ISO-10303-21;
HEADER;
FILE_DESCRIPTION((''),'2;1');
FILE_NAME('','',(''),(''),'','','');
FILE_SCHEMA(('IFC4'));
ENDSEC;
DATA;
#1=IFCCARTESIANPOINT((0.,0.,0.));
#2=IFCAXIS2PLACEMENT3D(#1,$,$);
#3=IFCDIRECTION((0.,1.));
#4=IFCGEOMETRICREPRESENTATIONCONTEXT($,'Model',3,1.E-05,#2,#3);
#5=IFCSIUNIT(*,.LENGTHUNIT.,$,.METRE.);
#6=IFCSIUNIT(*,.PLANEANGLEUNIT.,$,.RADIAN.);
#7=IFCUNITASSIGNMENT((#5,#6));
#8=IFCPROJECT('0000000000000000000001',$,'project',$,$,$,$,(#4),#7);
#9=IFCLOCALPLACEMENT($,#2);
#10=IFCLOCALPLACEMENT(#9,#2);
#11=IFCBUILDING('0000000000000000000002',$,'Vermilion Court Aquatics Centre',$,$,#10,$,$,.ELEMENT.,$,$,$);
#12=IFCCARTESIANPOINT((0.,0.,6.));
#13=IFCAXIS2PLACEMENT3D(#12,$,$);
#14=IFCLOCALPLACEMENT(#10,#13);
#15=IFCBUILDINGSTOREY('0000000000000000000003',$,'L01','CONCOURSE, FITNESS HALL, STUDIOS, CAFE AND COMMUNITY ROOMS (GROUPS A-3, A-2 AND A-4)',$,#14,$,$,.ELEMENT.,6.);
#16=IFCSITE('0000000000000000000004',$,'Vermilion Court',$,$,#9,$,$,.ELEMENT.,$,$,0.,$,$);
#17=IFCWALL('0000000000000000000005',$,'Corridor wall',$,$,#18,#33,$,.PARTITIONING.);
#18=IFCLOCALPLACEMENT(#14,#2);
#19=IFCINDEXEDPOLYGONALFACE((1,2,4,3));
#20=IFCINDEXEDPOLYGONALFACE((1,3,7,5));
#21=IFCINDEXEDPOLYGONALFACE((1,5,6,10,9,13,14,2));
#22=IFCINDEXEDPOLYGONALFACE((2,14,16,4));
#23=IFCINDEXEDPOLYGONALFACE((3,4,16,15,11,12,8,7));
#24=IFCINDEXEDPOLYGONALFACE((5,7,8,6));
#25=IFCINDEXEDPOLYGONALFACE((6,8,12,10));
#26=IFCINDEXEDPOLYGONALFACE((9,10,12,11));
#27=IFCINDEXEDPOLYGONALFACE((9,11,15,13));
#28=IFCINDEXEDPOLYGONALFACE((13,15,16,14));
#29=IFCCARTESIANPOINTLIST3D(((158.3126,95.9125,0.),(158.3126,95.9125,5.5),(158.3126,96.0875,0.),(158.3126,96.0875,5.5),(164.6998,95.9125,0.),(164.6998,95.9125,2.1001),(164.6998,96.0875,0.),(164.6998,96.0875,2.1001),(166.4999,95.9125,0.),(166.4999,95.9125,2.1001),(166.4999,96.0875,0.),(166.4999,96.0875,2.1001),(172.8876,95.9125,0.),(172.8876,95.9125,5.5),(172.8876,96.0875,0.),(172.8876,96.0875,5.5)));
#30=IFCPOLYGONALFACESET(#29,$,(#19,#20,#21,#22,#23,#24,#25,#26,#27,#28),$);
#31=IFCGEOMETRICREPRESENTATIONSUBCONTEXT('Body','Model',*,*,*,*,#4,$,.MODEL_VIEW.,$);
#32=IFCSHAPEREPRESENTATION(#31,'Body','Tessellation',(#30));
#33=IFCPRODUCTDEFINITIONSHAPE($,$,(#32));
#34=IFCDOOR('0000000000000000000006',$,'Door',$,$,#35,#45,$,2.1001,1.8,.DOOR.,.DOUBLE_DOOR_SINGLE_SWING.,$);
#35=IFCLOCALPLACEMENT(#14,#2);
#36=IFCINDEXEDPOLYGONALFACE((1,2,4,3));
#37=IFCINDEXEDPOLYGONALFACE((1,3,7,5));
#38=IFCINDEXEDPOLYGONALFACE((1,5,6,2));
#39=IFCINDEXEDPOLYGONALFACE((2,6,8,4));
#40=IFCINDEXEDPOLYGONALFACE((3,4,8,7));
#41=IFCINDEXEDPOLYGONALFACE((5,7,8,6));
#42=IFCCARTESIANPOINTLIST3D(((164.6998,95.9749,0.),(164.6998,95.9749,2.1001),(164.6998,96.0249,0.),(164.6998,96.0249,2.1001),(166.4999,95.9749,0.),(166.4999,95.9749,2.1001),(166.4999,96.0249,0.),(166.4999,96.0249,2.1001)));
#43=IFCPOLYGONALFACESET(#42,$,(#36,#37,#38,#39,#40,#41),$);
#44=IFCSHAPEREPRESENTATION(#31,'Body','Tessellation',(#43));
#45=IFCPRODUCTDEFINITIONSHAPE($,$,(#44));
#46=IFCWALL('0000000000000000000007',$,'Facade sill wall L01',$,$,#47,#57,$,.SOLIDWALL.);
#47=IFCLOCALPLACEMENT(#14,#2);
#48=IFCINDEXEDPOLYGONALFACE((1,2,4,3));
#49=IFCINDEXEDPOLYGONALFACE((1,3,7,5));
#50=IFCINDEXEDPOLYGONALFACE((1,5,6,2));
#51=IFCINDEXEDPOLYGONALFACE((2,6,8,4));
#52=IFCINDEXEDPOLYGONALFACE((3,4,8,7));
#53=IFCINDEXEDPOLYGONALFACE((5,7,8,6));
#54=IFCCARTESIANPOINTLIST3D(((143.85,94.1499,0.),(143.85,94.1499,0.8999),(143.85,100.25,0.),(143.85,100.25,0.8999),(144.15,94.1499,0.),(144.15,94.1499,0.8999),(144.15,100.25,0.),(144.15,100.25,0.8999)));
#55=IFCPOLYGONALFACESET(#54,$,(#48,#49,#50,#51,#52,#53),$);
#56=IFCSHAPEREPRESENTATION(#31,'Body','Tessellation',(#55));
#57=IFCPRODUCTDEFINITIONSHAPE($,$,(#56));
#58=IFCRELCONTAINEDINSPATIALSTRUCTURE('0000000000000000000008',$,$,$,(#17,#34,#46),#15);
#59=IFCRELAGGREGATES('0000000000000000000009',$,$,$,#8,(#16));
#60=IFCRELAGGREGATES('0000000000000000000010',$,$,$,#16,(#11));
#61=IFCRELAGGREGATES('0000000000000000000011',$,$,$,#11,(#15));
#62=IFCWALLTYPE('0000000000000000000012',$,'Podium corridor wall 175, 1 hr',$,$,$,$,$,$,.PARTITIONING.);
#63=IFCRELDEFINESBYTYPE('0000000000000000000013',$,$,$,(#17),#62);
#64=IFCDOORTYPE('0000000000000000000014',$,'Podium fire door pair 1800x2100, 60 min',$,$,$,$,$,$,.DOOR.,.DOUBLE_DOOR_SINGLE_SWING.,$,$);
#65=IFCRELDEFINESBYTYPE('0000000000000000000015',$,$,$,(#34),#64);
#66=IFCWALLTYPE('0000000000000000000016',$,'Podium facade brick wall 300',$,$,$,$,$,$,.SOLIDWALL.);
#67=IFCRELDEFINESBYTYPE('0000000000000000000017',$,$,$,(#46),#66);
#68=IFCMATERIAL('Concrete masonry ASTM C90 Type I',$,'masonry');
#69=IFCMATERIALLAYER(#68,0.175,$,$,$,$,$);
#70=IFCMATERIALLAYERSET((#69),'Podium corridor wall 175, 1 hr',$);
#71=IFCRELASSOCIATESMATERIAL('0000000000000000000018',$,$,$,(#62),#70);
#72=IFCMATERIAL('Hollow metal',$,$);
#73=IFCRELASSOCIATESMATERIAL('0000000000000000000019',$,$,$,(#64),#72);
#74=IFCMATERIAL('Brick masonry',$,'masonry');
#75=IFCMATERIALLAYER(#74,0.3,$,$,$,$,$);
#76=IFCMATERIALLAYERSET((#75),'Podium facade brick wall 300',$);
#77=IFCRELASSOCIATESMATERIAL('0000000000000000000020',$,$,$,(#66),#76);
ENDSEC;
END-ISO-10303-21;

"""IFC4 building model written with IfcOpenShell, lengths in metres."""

from ifc_helpers import new_model, si_unit, direction, frame, frame_2d, origin, place, context, subcontext, project, spatial, rectangle, extrude, material, layer, layer_set, type_object, element, fill, save


model = new_model("IFC4")

# Units and contexts
model_context = context("Model", 3, precision=1e-05, world=origin(), true_north=direction((0.0, 1.0)))
body_context = subcontext(model_context, "Body", "Model", "MODEL_VIEW")
ifc_project = project(units=[si_unit("LENGTHUNIT", "METRE"), si_unit("PLANEANGLEUNIT", "RADIAN")], contexts=[model_context])

# Site, building, storey
site_placement = place(None, origin())
site = spatial("IfcSite", under=ifc_project, at=site_placement, Name="Vermilion Court", CompositionType="ELEMENT", RefElevation=0.0)
building_placement = place(site_placement, origin())
building = spatial("IfcBuilding", under=site, at=building_placement, Name="Vermilion Court Aquatics Centre", CompositionType="ELEMENT")
storey_placement = place(building_placement, frame((0.0, 0.0, 6.0)))
storey = spatial("IfcBuildingStorey", under=building, at=storey_placement, Name="L01", Description="CONCOURSE, FITNESS HALL, STUDIOS, CAFE AND COMMUNITY ROOMS (GROUPS A-3, A-2 AND A-4)", CompositionType="ELEMENT", Elevation=6.0)

# Shared definitions
ifc_material_1 = material(Name="Concrete masonry ASTM C90 Type I", Category="masonry")
ifc_layer_1 = layer(ifc_material_1, 0.175)
ifc_layer_set_1 = layer_set([ifc_layer_1], Name="Podium corridor wall 175, 1 hr")
wall_type_1 = type_object("IfcWallType", Name="Podium corridor wall 175, 1 hr", PredefinedType="PARTITIONING", material=ifc_layer_set_1)

# Wall, opening, door
wall_1_placement = place(storey_placement, frame((158.3125, 96.0, 0.0), z_axis=(0.0, 0.0, 1.0), x_axis=(1.0, 0.0, 0.0)))
wall_1 = element("IfcWall", 1, at=wall_1_placement, inside=storey, type_object=wall_type_1, Name="Corridor wall", PredefinedType="PARTITIONING", context=body_context, shape_type="SweptSolid", body=[
    extrude(rectangle(XDim=14.575, YDim=0.175, at=frame_2d((7.2876, 0.0))), origin(), (0.0, 0.0, 1.0), 5.5),
])
opening_1_placement = place(wall_1_placement, frame((6.3875, 0.0, 0.0)))
opening_1 = element("IfcOpeningElement", 2, at=opening_1_placement, cuts=wall_1, PredefinedType="OPENING", context=body_context, shape_type="SweptSolid", body=[
    extrude(rectangle(XDim=1.8, YDim=2.1001, at=frame_2d((0.8999, 1.05))), frame((0.0, 0.0974, 0.0), z_axis=(0.0, -1.0, 0.0), x_axis=(1.0, 0.0, 0.0)), (0.0, 0.0, 1.0), 0.1951),
])
ifc_material_2 = material(Name="Hollow metal")
door_type_1 = type_object("IfcDoorType", Name="Podium fire door pair 1800x2100, 60 min", OperationType="DOUBLE_DOOR_SINGLE_SWING", PredefinedType="DOOR", material=ifc_material_2)
door_1_placement = place(opening_1_placement, origin())
door_1 = element("IfcDoor", 3, at=door_1_placement, inside=storey, type_object=door_type_1, Name="Door", OperationType="DOUBLE_DOOR_SINGLE_SWING", OverallHeight=2.1001, OverallWidth=1.8, PredefinedType="DOOR", context=body_context, shape_type="SweptSolid", body=[
    extrude(rectangle(XDim=1.8, YDim=2.1001, at=frame_2d((0.8999, 1.05))), frame((0.0, 0.0249, 0.0), z_axis=(0.0, -1.0, 0.0), x_axis=(1.0, 0.0, 0.0)), (0.0, 0.0, 1.0), 0.05),
])
fill(opening_1, door_1)

# Wall
ifc_material_3 = material(Name="Brick masonry", Category="masonry")
ifc_layer_2 = layer(ifc_material_3, 0.3)
ifc_layer_set_2 = layer_set([ifc_layer_2], Name="Podium facade brick wall 300")
wall_type_2 = type_object("IfcWallType", Name="Podium facade brick wall 300", PredefinedType="SOLIDWALL", material=ifc_layer_set_2)
wall_2_placement = place(storey_placement, frame((144.0, 94.1499, 0.0), z_axis=(0.0, 0.0, 1.0), x_axis=(0.0, 1.0, 0.0)))
element("IfcWall", 4, at=wall_2_placement, inside=storey, type_object=wall_type_2, Name="Facade sill wall L01", PredefinedType="SOLIDWALL", context=body_context, shape_type="SweptSolid", body=[
    extrude(rectangle(XDim=6.1001, YDim=0.3, at=frame_2d((3.05, 0.0))), origin(), (0.0, 0.0, 1.0), 0.8999),
])

save(model, "model.ifc")
